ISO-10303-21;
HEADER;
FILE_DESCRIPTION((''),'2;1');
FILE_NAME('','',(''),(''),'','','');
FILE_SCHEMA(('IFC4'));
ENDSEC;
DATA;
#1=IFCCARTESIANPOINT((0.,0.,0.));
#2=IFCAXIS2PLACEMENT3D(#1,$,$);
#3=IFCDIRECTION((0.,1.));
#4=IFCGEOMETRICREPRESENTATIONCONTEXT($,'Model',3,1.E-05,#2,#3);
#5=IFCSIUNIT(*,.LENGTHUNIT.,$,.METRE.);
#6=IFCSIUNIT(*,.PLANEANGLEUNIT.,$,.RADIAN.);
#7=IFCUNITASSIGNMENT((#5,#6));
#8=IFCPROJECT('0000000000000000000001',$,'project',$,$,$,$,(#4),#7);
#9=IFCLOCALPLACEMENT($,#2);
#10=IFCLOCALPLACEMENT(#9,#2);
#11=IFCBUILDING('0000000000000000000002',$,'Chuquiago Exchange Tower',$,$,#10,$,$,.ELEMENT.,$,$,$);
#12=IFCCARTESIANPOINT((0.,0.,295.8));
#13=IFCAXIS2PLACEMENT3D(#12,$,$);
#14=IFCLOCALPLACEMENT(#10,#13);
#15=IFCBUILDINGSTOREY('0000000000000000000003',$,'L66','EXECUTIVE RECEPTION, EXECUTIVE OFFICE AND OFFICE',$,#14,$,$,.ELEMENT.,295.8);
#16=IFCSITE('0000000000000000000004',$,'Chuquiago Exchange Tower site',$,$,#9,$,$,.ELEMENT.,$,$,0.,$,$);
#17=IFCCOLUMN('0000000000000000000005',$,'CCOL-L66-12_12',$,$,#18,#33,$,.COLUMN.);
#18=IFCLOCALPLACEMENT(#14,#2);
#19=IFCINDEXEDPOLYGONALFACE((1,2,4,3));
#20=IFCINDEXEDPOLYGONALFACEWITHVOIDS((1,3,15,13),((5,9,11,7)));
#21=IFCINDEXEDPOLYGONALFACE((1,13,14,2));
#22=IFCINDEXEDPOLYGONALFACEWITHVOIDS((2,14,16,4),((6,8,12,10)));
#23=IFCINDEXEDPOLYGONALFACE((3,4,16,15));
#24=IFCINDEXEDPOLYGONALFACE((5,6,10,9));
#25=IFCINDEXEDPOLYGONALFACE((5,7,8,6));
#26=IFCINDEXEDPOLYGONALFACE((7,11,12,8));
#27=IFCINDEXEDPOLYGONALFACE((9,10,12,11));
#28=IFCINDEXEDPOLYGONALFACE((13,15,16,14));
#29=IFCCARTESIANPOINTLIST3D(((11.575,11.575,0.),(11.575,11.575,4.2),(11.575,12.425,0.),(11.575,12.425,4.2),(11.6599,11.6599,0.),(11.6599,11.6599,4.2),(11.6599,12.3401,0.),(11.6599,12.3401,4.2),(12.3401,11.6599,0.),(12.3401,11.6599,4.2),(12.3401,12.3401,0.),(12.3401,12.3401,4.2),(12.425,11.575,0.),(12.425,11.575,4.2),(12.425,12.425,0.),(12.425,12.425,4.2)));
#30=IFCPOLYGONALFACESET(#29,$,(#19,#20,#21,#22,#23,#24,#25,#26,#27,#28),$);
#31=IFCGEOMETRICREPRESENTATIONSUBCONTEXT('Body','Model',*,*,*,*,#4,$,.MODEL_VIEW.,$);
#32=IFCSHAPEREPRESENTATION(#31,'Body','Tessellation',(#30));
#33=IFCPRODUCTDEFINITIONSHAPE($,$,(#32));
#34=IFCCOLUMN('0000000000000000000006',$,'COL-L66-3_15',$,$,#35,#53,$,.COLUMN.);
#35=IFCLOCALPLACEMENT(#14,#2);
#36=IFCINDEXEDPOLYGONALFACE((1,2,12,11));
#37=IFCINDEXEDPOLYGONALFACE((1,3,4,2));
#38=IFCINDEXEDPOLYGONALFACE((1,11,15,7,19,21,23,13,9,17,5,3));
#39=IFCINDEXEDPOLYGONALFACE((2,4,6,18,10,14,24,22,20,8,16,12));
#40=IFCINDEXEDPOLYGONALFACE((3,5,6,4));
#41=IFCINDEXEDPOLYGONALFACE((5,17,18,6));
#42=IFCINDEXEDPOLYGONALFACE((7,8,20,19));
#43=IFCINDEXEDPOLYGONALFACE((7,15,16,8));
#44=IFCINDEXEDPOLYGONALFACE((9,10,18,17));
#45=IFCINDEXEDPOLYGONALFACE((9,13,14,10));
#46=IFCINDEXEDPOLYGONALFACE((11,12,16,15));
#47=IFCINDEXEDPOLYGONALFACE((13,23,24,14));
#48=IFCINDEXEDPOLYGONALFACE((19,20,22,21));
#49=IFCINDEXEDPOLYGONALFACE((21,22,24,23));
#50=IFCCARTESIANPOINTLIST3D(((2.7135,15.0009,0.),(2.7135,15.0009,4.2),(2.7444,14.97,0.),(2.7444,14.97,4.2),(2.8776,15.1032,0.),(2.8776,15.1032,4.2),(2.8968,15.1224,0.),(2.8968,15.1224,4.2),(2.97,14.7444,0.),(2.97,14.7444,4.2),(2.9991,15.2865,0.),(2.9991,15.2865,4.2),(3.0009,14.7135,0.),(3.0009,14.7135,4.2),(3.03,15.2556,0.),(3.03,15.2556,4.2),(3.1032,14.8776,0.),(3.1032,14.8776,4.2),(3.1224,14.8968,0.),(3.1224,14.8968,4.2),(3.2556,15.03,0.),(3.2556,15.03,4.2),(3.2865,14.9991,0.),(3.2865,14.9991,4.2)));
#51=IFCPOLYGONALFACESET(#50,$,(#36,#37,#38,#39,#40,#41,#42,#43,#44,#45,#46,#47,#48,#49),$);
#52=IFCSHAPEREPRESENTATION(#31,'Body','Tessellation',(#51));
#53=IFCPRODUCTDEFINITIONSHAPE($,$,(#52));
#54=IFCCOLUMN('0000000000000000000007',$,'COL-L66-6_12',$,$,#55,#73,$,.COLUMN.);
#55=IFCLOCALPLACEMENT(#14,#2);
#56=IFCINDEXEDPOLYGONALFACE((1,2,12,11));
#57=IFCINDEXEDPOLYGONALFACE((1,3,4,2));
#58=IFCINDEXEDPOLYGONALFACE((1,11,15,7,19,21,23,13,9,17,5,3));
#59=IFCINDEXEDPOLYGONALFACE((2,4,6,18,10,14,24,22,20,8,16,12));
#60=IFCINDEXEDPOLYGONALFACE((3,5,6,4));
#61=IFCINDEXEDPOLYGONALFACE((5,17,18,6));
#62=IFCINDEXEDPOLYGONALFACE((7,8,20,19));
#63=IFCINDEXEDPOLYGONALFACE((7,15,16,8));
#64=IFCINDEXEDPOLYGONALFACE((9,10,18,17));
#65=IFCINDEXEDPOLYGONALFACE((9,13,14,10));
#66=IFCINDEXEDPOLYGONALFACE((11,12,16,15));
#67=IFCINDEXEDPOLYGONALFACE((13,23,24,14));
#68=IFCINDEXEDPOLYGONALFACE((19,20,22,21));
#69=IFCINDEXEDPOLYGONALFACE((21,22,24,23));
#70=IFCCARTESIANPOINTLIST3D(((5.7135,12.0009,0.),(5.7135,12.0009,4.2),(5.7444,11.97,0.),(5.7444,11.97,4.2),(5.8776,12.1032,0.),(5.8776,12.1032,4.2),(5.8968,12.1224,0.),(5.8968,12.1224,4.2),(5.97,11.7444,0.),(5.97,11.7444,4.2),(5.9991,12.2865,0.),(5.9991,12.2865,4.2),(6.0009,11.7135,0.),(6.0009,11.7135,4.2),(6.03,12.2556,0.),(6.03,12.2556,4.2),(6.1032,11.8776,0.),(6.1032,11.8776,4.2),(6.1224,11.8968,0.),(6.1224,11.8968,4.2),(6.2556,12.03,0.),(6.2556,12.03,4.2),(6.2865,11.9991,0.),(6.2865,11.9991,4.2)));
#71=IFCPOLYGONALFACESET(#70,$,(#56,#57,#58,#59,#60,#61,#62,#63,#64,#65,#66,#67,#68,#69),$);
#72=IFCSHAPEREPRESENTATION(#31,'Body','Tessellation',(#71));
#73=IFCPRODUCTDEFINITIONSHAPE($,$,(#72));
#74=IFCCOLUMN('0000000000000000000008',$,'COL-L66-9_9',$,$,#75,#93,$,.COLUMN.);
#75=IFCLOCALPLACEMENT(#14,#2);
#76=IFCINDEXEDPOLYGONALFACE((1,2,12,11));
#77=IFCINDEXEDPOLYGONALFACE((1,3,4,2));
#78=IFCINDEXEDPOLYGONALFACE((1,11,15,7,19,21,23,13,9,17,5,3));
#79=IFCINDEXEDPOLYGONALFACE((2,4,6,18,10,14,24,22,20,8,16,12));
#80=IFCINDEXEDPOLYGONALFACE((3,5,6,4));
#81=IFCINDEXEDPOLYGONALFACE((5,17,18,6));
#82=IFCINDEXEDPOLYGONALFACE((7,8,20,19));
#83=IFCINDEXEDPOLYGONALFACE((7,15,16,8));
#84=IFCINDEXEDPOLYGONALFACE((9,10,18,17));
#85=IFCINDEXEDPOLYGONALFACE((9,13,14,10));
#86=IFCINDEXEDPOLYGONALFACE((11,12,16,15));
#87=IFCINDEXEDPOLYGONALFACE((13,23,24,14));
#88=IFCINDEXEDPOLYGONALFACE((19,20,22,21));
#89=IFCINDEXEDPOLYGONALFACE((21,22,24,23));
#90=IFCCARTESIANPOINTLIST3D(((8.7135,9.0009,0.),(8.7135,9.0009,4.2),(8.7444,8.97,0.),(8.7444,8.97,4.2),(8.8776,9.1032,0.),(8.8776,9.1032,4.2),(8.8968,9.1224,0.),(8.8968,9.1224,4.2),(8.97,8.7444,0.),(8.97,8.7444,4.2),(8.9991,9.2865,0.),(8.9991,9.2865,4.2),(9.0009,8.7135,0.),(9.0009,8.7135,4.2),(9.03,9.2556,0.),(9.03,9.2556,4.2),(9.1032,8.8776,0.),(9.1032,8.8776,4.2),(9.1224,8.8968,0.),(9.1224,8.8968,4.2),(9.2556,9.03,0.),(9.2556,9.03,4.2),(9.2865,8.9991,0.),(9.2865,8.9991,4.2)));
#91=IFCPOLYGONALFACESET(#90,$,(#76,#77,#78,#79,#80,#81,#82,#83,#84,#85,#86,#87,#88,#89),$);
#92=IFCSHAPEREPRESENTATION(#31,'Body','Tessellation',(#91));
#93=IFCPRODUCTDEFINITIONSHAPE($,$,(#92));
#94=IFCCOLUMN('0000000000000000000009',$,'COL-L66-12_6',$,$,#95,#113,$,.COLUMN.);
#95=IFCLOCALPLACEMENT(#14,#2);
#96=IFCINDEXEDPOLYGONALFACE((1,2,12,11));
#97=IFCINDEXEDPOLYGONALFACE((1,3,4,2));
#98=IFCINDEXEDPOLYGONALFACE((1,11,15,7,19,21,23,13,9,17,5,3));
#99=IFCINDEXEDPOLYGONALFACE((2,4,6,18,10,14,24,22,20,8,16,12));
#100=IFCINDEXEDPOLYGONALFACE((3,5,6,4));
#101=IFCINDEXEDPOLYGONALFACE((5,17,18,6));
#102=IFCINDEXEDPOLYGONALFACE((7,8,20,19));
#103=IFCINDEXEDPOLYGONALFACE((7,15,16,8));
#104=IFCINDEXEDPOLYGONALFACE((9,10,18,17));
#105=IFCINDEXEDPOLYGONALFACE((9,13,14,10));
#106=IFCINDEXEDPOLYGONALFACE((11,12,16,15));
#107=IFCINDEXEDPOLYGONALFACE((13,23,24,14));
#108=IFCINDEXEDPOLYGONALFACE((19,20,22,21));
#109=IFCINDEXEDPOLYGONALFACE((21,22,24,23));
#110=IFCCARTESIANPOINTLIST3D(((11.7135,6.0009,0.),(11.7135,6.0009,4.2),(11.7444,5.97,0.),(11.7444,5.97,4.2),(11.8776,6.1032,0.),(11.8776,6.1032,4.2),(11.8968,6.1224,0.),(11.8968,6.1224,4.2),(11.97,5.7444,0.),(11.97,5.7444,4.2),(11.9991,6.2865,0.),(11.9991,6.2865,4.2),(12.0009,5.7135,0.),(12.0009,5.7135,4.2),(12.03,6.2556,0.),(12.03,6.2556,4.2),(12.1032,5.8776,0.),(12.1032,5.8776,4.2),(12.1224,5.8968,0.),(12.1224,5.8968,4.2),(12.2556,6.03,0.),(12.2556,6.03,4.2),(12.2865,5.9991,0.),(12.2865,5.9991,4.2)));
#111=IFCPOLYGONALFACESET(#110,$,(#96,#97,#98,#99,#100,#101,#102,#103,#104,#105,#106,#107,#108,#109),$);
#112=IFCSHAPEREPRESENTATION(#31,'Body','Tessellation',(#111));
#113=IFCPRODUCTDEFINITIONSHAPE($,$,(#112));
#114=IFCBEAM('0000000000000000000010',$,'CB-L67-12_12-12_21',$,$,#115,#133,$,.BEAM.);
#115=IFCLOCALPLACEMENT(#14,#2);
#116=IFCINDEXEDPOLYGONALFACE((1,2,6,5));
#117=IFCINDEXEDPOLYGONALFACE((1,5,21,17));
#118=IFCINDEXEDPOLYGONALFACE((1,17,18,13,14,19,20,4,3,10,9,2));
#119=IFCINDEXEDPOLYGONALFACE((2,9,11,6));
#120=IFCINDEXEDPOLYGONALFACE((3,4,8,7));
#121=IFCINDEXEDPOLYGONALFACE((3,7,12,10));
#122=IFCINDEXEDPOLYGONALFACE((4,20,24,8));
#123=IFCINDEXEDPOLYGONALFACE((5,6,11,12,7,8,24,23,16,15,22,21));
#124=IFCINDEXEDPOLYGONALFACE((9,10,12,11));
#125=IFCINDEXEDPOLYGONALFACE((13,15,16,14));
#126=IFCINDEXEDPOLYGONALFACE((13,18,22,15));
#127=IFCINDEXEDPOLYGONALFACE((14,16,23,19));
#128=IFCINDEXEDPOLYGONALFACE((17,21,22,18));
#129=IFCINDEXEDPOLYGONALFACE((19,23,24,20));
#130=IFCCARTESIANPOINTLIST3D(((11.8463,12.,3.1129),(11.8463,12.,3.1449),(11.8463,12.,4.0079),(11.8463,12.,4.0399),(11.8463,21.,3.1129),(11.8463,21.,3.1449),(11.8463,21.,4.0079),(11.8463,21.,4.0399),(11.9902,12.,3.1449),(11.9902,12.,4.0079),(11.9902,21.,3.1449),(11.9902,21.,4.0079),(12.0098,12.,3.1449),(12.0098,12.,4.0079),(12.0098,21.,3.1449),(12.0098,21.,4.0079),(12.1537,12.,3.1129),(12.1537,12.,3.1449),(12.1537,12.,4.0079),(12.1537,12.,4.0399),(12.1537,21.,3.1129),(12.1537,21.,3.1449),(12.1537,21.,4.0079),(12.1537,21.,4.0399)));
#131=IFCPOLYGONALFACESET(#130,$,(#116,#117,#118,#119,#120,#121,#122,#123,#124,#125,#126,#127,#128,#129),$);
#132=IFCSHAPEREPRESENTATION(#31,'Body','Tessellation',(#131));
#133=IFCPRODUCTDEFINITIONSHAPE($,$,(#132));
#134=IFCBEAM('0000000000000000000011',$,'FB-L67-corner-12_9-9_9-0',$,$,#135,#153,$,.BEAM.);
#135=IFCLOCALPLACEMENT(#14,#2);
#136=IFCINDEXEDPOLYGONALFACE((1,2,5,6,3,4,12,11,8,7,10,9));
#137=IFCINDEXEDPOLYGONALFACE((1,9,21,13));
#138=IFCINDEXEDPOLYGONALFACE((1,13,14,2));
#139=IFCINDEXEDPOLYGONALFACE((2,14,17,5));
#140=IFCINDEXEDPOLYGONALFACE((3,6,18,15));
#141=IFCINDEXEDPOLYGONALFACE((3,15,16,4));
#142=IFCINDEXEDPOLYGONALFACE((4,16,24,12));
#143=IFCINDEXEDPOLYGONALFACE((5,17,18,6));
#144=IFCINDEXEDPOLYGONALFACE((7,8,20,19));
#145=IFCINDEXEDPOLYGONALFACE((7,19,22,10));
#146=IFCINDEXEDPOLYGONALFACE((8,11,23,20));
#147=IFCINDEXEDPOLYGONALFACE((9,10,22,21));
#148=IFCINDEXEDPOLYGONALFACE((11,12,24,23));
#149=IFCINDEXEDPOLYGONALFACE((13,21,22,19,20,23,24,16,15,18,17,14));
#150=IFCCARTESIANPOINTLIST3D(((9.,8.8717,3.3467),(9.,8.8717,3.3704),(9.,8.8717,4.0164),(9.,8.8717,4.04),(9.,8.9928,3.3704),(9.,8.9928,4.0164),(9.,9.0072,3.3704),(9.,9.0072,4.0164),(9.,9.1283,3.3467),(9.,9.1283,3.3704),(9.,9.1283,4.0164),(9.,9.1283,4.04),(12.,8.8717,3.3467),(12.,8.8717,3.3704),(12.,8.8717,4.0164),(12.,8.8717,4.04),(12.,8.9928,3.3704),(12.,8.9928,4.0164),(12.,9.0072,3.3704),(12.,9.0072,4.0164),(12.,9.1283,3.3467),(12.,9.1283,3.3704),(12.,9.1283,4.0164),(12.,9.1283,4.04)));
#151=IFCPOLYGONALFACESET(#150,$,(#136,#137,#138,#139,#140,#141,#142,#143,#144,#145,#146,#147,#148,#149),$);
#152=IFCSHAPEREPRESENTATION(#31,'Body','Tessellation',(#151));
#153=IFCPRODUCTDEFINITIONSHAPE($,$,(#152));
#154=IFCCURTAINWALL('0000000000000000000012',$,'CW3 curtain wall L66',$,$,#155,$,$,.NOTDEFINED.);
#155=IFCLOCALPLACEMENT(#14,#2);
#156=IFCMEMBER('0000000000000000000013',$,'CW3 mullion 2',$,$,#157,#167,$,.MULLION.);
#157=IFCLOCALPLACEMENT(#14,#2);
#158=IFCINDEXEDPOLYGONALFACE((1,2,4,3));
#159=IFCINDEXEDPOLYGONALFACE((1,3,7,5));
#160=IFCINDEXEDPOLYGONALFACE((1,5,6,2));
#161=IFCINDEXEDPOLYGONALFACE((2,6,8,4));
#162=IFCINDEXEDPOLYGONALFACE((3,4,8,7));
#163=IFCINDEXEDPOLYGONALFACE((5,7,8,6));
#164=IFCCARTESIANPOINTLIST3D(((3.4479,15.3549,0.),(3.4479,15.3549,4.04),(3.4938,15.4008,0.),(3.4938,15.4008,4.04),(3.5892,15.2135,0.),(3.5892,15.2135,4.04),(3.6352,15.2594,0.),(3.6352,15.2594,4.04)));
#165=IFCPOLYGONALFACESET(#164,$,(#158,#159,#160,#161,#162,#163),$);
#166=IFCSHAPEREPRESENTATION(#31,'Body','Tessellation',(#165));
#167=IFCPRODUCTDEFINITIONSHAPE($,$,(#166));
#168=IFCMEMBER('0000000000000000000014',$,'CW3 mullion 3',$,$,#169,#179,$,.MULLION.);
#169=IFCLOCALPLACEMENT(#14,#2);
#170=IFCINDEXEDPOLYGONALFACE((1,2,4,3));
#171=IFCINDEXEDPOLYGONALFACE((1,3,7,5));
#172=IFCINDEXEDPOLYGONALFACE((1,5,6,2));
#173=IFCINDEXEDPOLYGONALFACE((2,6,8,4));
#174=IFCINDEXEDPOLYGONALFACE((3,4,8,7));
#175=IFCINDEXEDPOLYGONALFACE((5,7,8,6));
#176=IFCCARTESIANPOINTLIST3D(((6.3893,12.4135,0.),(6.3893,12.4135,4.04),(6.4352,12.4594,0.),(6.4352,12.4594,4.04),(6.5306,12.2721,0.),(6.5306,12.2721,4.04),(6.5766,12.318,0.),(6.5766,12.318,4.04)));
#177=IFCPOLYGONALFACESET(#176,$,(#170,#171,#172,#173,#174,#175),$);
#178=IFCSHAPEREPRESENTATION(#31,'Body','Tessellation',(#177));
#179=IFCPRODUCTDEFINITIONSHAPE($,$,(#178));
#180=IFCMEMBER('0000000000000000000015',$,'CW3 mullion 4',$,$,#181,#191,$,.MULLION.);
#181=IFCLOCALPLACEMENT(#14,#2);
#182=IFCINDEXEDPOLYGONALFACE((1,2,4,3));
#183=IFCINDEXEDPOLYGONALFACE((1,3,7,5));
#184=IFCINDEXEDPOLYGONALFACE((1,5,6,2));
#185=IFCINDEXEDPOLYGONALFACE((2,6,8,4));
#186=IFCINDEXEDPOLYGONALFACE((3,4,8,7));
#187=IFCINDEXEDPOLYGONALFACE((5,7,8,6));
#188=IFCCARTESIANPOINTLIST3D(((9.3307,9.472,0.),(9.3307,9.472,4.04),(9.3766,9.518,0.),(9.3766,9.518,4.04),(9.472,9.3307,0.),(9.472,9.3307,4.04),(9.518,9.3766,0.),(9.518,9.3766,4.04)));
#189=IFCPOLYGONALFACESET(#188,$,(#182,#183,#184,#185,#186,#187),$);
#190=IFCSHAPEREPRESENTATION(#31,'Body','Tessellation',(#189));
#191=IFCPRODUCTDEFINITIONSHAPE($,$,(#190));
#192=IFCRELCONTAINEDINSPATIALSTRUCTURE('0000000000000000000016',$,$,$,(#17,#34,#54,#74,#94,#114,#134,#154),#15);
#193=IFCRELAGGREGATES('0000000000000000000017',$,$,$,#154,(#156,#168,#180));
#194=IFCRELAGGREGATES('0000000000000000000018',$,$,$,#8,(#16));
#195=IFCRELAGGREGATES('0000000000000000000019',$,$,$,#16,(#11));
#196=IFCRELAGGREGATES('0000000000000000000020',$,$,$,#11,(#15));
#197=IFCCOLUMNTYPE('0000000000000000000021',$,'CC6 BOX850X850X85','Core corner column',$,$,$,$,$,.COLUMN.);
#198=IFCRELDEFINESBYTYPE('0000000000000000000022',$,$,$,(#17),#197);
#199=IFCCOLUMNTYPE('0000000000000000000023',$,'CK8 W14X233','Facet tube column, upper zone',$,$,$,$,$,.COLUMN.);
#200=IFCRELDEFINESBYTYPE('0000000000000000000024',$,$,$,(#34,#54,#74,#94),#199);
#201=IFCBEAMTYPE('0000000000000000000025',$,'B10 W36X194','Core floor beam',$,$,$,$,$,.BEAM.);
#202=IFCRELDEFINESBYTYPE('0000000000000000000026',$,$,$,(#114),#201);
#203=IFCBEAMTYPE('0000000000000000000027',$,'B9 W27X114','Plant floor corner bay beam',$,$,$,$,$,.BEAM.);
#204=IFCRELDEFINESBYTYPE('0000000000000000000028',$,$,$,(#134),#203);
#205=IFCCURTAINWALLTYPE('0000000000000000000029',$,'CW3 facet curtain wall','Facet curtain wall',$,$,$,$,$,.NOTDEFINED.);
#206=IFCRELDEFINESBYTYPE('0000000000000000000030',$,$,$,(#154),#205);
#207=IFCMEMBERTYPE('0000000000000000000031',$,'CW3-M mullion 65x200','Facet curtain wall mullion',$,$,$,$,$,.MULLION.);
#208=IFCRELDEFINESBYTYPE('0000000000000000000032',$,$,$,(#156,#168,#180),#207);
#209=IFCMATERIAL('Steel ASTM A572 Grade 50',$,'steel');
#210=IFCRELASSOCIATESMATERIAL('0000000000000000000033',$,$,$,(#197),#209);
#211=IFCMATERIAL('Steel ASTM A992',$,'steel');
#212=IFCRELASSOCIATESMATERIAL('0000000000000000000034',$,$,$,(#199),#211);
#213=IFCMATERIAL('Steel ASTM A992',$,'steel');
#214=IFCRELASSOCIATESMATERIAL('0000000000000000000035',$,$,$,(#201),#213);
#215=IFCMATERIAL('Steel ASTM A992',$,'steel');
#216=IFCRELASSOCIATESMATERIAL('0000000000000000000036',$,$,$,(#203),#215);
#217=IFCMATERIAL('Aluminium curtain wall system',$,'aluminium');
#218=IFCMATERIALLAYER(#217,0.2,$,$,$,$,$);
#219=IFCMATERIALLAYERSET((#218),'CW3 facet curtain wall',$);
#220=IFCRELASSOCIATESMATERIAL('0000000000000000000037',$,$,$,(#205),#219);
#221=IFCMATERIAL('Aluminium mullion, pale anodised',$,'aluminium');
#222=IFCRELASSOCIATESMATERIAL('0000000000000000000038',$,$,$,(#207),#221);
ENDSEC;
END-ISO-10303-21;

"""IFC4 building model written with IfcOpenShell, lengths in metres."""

from ifc_helpers import new_model, si_unit, direction, frame, origin, origin_2d, place, context, subcontext, project, spatial, rectangle, hollow_rectangle, i_section, extrude, material, layer, layer_set, material_profile, profile_set, type_object, element, aggregate, save


model = new_model("IFC4")

# Units and contexts
model_context = context("Model", 3, precision=1e-05, world=origin(), true_north=direction((0.0, 1.0)))
body_context = subcontext(model_context, "Body", "Model", "MODEL_VIEW")
ifc_project = project(units=[si_unit("LENGTHUNIT", "METRE"), si_unit("PLANEANGLEUNIT", "RADIAN")], contexts=[model_context])

# Site, building, storey
site_placement = place(None, origin())
site = spatial("IfcSite", under=ifc_project, at=site_placement, Name="Chuquiago Exchange Tower site", CompositionType="ELEMENT", RefElevation=0.0)
building_placement = place(site_placement, origin())
building = spatial("IfcBuilding", under=site, at=building_placement, Name="Chuquiago Exchange Tower", CompositionType="ELEMENT")
storey_placement = place(building_placement, frame((0.0, 0.0, 295.8)))
storey = spatial("IfcBuildingStorey", under=building, at=storey_placement, Name="L66", Description="EXECUTIVE RECEPTION, EXECUTIVE OFFICE AND OFFICE", CompositionType="ELEMENT", Elevation=295.8)

# Columns
ifc_material_1 = material(Name="Steel ASTM A572 Grade 50", Category="steel")
ifc_material_profile_1 = material_profile(ifc_material_1, hollow_rectangle(XDim=0.8501, YDim=0.8501, WallThickness=0.085, at=origin_2d()), Name="BOX850X850X85")
ifc_profile_set_1 = profile_set([ifc_material_profile_1], Name="Steel ASTM A572 Grade 50")
column_type_1 = type_object("IfcColumnType", Name="CC6 BOX850X850X85", Description="Core corner column", PredefinedType="COLUMN", material=ifc_profile_set_1)
column_placement = place(storey_placement, frame((12.0, 12.0, 0.0), z_axis=(0.0, 0.0, 1.0), x_axis=(1.0, 0.0, 0.0)))
element("IfcColumn", 1, at=column_placement, inside=storey, type_object=column_type_1, Name="CCOL-L66-12_12", PredefinedType="COLUMN", context=body_context, shape_type="SweptSolid", body=[
    extrude(hollow_rectangle(XDim=0.8501, YDim=0.8501, WallThickness=0.085, at=origin_2d()), origin(), (0.0, 0.0, 1.0), 4.2),
])
ifc_material_2 = material(Name="Steel ASTM A992", Category="steel")
ifc_material_profile_2 = material_profile(ifc_material_2, i_section(OverallWidth=0.4038, OverallDepth=0.4065, WebThickness=0.0271, FlangeThickness=0.0437, at=origin_2d()), Name="W14X233")
ifc_profile_set_2 = profile_set([ifc_material_profile_2], Name="Steel ASTM A992")
column_type_2 = type_object("IfcColumnType", Name="CK8 W14X233", Description="Facet tube column, upper zone", PredefinedType="COLUMN", material=ifc_profile_set_2)
for number, where, z_axis, x_axis, name in (
    (2, (3.0, 15.0, 0.0), (0.0, 0.0, 1.0), (-0.707107, -0.707107, 0.0), "COL-L66-3_15"),
    (3, (6.0, 12.0, 0.0), (0.0, 0.0, 1.0), (-0.707107, -0.707107, 0.0), "COL-L66-6_12"),
    (4, (9.0, 9.0, 0.0), (0.0, 0.0, 1.0), (-0.707107, -0.707107, 0.0), "COL-L66-9_9"),
    (5, (12.0, 6.0, 0.0), (0.0, 0.0, 1.0), (-0.707107, -0.707107, 0.0), "COL-L66-12_6"),
):
    element("IfcColumn", number, at=place(storey_placement, frame(where, z_axis=z_axis, x_axis=x_axis)), inside=storey, type_object=column_type_2, Name=name, PredefinedType="COLUMN", context=body_context, shape_type="SweptSolid", body=[
        extrude(i_section(OverallWidth=0.4038, OverallDepth=0.4065, WebThickness=0.0271, FlangeThickness=0.0437, at=origin_2d()), origin(), (0.0, 0.0, 1.0), 4.2),
    ])

# Beams
ifc_material_3 = material(Name="Steel ASTM A992", Category="steel")
ifc_material_profile_3 = material_profile(ifc_material_3, i_section(OverallWidth=0.3074, OverallDepth=0.927, WebThickness=0.0195, FlangeThickness=0.032, at=origin_2d()), Name="W36X194")
ifc_profile_set_3 = profile_set([ifc_material_profile_3], Name="Steel ASTM A992")
beam_type_1 = type_object("IfcBeamType", Name="B10 W36X194", Description="Core floor beam", PredefinedType="BEAM", material=ifc_profile_set_3)
beam_1_placement = place(storey_placement, frame((12.0, 12.0, 3.5764), z_axis=(0.0, 1.0, 0.0), x_axis=(-1.0, 0.0, 0.0)))
element("IfcBeam", 6, at=beam_1_placement, inside=storey, type_object=beam_type_1, Name="CB-L67-12_12-12_21", PredefinedType="BEAM", context=body_context, shape_type="SweptSolid", body=[
    extrude(i_section(OverallWidth=0.3074, OverallDepth=0.927, WebThickness=0.0195, FlangeThickness=0.032, at=origin_2d()), origin(), (0.0, 0.0, 1.0), 9.0),
])
ifc_material_4 = material(Name="Steel ASTM A992", Category="steel")
ifc_material_profile_4 = material_profile(ifc_material_4, i_section(OverallWidth=0.2566, OverallDepth=0.6934, WebThickness=0.0144, FlangeThickness=0.0237, at=origin_2d()), Name="W27X114")
ifc_profile_set_4 = profile_set([ifc_material_profile_4], Name="Steel ASTM A992")
beam_type_2 = type_object("IfcBeamType", Name="B9 W27X114", Description="Plant floor corner bay beam", PredefinedType="BEAM", material=ifc_profile_set_4)
beam_2_placement = place(storey_placement, frame((12.0, 9.0, 3.6934), z_axis=(-1.0, 0.0, 0.0), x_axis=(0.0, -1.0, 0.0)))
element("IfcBeam", 7, at=beam_2_placement, inside=storey, type_object=beam_type_2, Name="FB-L67-corner-12_9-9_9-0", PredefinedType="BEAM", context=body_context, shape_type="SweptSolid", body=[
    extrude(i_section(OverallWidth=0.2566, OverallDepth=0.6934, WebThickness=0.0144, FlangeThickness=0.0237, at=origin_2d()), origin(), (0.0, 0.0, 1.0), 3.0),
])

# Curtain wall, members
ifc_material_5 = material(Name="Aluminium curtain wall system", Category="aluminium")
ifc_layer_1 = layer(ifc_material_5, 0.2)
ifc_layer_set_1 = layer_set([ifc_layer_1], Name="CW3 facet curtain wall")
curtain_wall_type = type_object("IfcCurtainWallType", Name="CW3 facet curtain wall", Description="Facet curtain wall", PredefinedType="NOTDEFINED", material=ifc_layer_set_1)
curtain_wall_placement = place(storey_placement, origin())
curtain_wall = element("IfcCurtainWall", 8, at=curtain_wall_placement, inside=storey, type_object=curtain_wall_type, Name="CW3 curtain wall L66", PredefinedType="NOTDEFINED")
ifc_material_6 = material(Name="Aluminium mullion, pale anodised", Category="aluminium")
ifc_material_profile_5 = material_profile(ifc_material_6, rectangle(XDim=0.0649, YDim=0.2, at=origin_2d()), Name="AL 65x200")
ifc_profile_set_5 = profile_set([ifc_material_profile_5], Name="Aluminium mullion, pale anodised")
member_type_1 = type_object("IfcMemberType", Name="CW3-M mullion 65x200", Description="Facet curtain wall mullion", PredefinedType="MULLION", material=ifc_profile_set_5)
member_1_placement = place(storey_placement, frame((3.5415, 15.3071, 0.0), z_axis=(0.0, 0.0, 1.0), x_axis=(0.707107, 0.707107, 0.0)))
member_1 = element("IfcMember", 9, at=member_1_placement, type_object=member_type_1, Name="CW3 mullion 2", PredefinedType="MULLION", context=body_context, shape_type="SweptSolid", body=[
    extrude(rectangle(XDim=0.0649, YDim=0.2, at=origin_2d()), origin(), (0.0, 0.0, 1.0), 4.04),
])
member_2_placement = place(storey_placement, frame((6.4829, 12.3657, 0.0), z_axis=(0.0, 0.0, 1.0), x_axis=(0.707107, 0.707107, 0.0)))
member_2 = element("IfcMember", 10, at=member_2_placement, type_object=member_type_1, Name="CW3 mullion 3", PredefinedType="MULLION", context=body_context, shape_type="SweptSolid", body=[
    extrude(rectangle(XDim=0.0649, YDim=0.2, at=origin_2d()), origin(), (0.0, 0.0, 1.0), 4.04),
])
member_3_placement = place(storey_placement, frame((9.4243, 9.4243, 0.0), z_axis=(0.0, 0.0, 1.0), x_axis=(0.707107, 0.707107, 0.0)))
member_3 = element("IfcMember", 11, at=member_3_placement, type_object=member_type_1, Name="CW3 mullion 4", PredefinedType="MULLION", context=body_context, shape_type="SweptSolid", body=[
    extrude(rectangle(XDim=0.0649, YDim=0.2, at=origin_2d()), origin(), (0.0, 0.0, 1.0), 4.04),
])

aggregate(curtain_wall, [member_1, member_2, member_3])

save(model, "model.ifc")
